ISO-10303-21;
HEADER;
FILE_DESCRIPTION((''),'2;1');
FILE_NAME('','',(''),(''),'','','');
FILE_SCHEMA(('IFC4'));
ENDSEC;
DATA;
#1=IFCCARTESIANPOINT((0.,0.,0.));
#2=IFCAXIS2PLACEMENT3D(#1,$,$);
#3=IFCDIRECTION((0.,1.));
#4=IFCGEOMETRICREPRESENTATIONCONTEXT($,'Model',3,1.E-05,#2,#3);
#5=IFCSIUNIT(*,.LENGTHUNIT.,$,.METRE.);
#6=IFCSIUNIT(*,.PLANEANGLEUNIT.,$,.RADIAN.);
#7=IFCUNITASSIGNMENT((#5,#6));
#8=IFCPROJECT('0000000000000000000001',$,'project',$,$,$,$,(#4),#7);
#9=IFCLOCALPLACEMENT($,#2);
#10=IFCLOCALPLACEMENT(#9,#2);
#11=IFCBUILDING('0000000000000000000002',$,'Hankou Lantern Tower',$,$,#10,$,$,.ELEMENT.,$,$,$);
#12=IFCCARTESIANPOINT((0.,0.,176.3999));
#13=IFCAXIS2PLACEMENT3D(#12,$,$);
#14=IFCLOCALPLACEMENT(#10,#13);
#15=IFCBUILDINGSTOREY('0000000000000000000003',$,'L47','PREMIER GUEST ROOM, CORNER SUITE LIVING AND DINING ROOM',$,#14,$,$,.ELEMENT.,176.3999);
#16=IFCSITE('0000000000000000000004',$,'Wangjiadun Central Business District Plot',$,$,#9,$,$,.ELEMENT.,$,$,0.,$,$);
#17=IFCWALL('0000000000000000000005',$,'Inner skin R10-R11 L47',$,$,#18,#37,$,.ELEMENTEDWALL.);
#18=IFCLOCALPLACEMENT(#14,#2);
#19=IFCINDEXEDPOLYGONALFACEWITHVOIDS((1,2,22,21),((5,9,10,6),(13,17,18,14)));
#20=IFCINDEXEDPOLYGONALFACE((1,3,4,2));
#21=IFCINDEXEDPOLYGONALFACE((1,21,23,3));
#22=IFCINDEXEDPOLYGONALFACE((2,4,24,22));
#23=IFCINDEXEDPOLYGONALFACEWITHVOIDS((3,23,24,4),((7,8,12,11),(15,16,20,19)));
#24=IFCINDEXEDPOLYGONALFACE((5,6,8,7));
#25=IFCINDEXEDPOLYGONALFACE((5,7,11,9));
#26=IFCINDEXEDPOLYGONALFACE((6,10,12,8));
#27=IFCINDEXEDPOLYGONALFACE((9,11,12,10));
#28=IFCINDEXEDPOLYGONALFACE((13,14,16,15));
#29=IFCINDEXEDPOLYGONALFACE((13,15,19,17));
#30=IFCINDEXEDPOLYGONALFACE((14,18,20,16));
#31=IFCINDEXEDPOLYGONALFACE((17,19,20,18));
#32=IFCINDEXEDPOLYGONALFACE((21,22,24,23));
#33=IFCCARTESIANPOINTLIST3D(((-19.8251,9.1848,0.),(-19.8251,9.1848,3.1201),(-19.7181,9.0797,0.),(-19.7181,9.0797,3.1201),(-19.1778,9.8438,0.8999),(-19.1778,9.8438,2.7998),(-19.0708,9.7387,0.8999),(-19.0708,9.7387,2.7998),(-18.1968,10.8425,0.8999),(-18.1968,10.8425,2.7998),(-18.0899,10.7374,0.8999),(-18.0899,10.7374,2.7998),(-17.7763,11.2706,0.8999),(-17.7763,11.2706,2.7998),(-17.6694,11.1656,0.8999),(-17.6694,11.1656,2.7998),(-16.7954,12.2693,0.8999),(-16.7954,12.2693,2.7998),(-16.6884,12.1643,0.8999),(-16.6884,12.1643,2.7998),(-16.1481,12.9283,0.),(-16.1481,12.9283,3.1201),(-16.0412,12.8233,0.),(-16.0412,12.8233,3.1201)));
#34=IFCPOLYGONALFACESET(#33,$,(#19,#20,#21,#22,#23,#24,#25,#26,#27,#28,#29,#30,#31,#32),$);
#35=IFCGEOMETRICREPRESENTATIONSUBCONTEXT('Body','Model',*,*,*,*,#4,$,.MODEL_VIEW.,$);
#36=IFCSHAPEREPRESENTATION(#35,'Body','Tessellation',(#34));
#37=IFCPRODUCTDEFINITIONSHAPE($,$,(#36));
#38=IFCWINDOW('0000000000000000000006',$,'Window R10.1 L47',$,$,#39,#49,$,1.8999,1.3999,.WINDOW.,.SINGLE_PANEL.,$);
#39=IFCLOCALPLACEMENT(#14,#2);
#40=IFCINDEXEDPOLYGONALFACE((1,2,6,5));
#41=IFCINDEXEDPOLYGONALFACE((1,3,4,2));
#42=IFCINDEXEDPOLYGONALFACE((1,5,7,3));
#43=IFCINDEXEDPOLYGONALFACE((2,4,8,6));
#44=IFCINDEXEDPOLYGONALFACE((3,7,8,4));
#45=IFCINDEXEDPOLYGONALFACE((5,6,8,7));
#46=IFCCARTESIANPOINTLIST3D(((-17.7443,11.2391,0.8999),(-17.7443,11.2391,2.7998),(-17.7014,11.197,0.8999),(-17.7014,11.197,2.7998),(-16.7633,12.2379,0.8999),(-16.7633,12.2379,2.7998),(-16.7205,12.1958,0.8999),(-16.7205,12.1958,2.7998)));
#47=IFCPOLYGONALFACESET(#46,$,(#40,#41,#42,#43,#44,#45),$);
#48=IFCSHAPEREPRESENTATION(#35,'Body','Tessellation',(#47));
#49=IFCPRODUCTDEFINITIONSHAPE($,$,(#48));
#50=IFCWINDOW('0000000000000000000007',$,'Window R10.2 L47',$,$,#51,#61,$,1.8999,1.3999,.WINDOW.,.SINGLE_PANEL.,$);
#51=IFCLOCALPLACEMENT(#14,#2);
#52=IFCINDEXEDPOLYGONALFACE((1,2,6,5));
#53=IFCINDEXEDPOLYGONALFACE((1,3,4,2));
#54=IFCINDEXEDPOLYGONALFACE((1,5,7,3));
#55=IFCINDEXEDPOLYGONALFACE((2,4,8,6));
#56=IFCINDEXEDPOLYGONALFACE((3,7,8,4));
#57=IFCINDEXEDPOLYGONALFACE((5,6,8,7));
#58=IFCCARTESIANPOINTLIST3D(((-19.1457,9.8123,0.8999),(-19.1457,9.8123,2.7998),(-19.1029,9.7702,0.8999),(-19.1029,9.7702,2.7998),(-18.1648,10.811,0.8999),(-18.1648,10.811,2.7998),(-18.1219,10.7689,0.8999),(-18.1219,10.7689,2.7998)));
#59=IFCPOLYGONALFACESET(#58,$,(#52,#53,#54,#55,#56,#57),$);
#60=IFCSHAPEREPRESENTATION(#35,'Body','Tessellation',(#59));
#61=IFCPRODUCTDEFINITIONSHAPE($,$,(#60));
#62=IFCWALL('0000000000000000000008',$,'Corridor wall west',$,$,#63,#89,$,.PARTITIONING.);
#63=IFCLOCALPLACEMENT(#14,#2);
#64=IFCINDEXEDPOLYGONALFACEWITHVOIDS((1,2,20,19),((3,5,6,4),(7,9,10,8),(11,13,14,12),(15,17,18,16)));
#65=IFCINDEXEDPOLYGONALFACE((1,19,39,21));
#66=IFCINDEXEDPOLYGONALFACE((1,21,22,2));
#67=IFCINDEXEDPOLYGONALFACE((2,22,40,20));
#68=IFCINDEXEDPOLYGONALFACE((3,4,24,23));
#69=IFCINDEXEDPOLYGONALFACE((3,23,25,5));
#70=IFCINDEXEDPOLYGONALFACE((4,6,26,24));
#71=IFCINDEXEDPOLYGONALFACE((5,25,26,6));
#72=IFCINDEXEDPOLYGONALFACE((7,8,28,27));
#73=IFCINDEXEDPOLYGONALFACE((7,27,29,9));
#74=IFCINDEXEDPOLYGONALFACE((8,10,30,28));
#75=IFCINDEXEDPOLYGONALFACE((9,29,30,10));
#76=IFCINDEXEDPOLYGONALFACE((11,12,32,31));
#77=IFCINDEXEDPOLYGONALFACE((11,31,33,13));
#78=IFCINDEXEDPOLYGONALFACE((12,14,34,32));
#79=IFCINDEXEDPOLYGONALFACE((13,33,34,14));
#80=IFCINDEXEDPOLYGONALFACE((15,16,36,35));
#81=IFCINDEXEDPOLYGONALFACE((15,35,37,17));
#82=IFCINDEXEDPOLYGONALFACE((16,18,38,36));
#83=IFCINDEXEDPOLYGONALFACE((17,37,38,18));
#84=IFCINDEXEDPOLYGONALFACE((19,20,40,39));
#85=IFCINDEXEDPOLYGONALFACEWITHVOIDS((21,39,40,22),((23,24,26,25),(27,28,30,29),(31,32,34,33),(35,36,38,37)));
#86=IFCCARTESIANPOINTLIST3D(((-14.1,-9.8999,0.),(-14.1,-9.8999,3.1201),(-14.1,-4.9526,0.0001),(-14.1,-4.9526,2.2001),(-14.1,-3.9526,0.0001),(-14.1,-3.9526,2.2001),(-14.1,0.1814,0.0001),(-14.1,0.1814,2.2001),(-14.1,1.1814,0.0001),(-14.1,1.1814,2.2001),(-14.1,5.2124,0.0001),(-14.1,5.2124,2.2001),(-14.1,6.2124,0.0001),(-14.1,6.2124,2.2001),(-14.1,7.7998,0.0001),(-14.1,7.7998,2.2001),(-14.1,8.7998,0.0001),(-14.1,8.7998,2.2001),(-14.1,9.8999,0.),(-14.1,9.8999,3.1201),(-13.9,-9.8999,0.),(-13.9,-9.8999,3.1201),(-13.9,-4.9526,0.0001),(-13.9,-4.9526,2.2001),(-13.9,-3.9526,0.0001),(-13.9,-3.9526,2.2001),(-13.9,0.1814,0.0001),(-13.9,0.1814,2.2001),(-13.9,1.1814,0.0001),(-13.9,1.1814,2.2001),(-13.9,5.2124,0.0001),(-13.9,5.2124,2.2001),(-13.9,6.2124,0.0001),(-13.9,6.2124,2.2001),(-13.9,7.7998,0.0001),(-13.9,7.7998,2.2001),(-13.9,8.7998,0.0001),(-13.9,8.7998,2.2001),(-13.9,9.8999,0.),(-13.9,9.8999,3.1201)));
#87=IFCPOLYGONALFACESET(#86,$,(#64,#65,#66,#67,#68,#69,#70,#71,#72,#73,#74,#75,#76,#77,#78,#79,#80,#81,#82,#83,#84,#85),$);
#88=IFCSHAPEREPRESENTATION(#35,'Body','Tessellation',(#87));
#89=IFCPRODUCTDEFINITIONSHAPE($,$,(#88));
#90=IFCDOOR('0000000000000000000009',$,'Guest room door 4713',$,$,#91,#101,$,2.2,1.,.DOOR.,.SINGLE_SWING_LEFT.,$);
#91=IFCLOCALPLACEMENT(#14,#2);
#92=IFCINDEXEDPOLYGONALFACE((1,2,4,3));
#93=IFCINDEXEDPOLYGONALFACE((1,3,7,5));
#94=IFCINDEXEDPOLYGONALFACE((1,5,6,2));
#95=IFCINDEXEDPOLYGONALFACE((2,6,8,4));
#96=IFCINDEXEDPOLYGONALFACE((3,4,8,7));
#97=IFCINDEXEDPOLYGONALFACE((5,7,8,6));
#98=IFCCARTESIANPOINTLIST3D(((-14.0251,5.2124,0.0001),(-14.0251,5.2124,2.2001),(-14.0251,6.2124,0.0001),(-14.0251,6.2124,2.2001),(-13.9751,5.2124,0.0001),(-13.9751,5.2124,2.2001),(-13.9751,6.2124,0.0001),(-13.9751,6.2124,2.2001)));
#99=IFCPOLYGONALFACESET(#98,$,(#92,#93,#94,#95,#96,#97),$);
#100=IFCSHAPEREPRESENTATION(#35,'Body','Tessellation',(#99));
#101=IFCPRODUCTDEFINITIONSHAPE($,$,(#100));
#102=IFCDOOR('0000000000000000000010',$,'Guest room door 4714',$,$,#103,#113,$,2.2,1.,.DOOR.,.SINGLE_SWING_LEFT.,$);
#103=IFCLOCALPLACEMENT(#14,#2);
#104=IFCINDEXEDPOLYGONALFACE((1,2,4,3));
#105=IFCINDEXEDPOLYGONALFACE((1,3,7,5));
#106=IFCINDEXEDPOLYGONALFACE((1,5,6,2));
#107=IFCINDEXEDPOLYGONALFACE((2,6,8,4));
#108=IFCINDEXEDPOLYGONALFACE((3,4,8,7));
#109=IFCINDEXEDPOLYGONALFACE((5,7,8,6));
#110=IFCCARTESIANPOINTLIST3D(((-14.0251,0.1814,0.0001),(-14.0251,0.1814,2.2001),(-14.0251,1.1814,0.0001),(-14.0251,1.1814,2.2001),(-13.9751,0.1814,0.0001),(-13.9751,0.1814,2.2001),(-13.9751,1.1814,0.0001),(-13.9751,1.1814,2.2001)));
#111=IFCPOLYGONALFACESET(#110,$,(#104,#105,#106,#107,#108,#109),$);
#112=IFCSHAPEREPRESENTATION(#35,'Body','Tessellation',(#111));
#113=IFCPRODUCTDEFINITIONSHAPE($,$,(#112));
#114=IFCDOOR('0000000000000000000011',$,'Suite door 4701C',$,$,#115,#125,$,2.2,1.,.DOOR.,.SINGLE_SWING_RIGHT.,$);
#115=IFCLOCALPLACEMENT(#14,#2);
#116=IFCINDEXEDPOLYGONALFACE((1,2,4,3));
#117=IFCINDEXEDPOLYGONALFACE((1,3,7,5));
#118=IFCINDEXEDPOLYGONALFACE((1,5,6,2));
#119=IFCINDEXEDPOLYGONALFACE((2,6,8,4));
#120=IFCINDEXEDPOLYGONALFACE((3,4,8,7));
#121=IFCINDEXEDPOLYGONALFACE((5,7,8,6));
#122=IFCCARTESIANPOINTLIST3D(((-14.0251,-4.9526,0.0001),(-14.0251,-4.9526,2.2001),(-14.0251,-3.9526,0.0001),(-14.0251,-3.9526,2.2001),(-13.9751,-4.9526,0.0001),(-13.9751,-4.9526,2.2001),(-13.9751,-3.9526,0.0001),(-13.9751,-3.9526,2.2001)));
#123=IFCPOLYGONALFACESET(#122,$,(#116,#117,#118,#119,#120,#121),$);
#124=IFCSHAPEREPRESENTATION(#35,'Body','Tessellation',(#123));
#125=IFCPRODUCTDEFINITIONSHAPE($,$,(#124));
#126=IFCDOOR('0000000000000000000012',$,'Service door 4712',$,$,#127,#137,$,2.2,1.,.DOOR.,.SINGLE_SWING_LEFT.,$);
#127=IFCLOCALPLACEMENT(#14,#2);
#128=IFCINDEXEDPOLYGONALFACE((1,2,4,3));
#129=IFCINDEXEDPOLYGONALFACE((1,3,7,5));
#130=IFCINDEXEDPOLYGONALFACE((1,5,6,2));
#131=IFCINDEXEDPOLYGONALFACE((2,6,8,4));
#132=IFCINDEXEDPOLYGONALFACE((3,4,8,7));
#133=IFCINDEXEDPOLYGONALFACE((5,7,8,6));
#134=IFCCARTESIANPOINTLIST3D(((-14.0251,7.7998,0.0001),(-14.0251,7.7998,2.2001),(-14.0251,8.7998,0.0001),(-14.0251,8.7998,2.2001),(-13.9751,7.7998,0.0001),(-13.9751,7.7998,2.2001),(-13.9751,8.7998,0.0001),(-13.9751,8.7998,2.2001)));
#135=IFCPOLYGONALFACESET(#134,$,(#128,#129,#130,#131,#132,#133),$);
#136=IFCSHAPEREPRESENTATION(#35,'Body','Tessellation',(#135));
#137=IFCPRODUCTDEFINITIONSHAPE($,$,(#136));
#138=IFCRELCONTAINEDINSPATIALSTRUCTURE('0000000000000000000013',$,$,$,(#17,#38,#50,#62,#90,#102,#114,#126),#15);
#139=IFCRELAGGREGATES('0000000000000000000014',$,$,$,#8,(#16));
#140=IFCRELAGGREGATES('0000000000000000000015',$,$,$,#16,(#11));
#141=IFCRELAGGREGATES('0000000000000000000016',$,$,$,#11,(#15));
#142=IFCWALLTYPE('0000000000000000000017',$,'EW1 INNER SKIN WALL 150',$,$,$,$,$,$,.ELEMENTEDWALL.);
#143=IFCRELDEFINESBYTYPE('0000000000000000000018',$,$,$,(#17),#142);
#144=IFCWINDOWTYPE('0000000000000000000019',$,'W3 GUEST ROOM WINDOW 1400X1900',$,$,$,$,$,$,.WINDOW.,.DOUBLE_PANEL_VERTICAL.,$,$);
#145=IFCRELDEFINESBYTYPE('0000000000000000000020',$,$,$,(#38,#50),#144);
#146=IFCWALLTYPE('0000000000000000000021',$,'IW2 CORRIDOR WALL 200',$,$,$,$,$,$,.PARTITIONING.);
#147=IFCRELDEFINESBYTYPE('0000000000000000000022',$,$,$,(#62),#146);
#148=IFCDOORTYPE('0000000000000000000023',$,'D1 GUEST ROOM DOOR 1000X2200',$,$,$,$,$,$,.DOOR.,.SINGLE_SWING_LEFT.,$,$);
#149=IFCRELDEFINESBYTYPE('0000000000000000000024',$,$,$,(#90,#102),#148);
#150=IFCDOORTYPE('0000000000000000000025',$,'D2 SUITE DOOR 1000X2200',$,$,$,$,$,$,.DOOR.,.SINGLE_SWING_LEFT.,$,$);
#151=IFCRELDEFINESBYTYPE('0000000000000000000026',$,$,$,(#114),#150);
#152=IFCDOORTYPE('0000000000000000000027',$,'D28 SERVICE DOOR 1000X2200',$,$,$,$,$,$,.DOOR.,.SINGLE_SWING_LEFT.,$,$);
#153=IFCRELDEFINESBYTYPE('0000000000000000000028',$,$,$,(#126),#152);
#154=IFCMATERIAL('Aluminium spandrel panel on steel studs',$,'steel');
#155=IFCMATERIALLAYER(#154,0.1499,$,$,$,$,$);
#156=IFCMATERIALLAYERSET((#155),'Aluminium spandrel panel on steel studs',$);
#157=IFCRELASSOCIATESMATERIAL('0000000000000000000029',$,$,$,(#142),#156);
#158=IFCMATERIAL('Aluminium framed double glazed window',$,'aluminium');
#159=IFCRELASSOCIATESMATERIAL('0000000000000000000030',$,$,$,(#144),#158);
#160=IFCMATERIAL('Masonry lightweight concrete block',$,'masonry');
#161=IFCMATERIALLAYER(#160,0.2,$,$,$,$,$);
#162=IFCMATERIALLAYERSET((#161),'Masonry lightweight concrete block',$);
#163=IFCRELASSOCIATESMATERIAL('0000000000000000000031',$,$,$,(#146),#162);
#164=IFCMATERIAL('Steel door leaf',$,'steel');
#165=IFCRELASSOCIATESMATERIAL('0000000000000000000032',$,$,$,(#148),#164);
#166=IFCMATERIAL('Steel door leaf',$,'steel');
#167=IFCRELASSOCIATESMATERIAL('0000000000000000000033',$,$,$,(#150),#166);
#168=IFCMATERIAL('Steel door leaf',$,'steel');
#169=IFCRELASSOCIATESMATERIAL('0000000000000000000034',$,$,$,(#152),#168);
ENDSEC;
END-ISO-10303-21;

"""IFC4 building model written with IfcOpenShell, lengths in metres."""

from ifc_helpers import new_model, si_unit, direction, frame, frame_2d, origin, place, context, subcontext, project, spatial, rectangle, extrude, material, layer, layer_set, type_object, element, fill, save


model = new_model("IFC4")

# Units and contexts
model_context = context("Model", 3, precision=1e-05, world=origin(), true_north=direction((0.0, 1.0)))
body_context = subcontext(model_context, "Body", "Model", "MODEL_VIEW")
ifc_project = project(units=[si_unit("LENGTHUNIT", "METRE"), si_unit("PLANEANGLEUNIT", "RADIAN")], contexts=[model_context])

# Site, building, storey
site_placement = place(None, origin())
site = spatial("IfcSite", under=ifc_project, at=site_placement, Name="Wangjiadun Central Business District Plot", CompositionType="ELEMENT", RefElevation=0.0)
building_placement = place(site_placement, origin())
building = spatial("IfcBuilding", under=site, at=building_placement, Name="Hankou Lantern Tower", CompositionType="ELEMENT")
storey_placement = place(building_placement, frame((0.0, 0.0, 176.3999)))
storey = spatial("IfcBuildingStorey", under=building, at=storey_placement, Name="L47", Description="PREMIER GUEST ROOM, CORNER SUITE LIVING AND DINING ROOM", CompositionType="ELEMENT", Elevation=176.3999)

# Wall, openings, windows
ifc_material_1 = material(Name="Aluminium spandrel panel on steel studs", Category="steel")
ifc_layer_1 = layer(ifc_material_1, 0.1499)
ifc_layer_set_1 = layer_set([ifc_layer_1], Name="Aluminium spandrel panel on steel studs")
wall_type_1 = type_object("IfcWallType", Name="EW1 INNER SKIN WALL 150", PredefinedType="ELEMENTEDWALL", material=ifc_layer_set_1)
wall_1_placement = place(storey_placement, frame((-16.0947, 12.8757, 0.0), z_axis=(0.0, 0.0, 1.0), x_axis=(-0.700727, -0.713429, 0.0)))
wall_1 = element("IfcWall", 1, at=wall_1_placement, inside=storey, type_object=wall_type_1, Name="Inner skin R10-R11 L47", PredefinedType="ELEMENTEDWALL", context=body_context, shape_type="SweptSolid", body=[
    extrude(rectangle(XDim=5.2473, YDim=0.1499, at=frame_2d((2.6235, 0.0))), origin(), (0.0, 0.0, 1.0), 3.1201),
])
opening_1_placement = place(wall_1_placement, frame((0.9236, 0.0, 0.8999)))
opening_1 = element("IfcOpeningElement", 2, at=opening_1_placement, cuts=wall_1, PredefinedType="OPENING", context=body_context, shape_type="SweptSolid", body=[
    extrude(rectangle(XDim=1.3999, YDim=1.8999, at=frame_2d((0.7, 0.95))), frame((0.0, 0.085, 0.0), z_axis=(0.0, -1.0, 0.0), x_axis=(1.0, 0.0, 0.0)), (0.0, 0.0, 1.0), 0.1699),
])
opening_2_placement = place(wall_1_placement, frame((2.9236, 0.0, 0.8999)))
opening_2 = element("IfcOpeningElement", 3, at=opening_2_placement, cuts=wall_1, PredefinedType="OPENING", context=body_context, shape_type="SweptSolid", body=[
    extrude(rectangle(XDim=1.3999, YDim=1.8999, at=frame_2d((0.7, 0.95))), frame((0.0, 0.085, 0.0), z_axis=(0.0, -1.0, 0.0), x_axis=(1.0, 0.0, 0.0)), (0.0, 0.0, 1.0), 0.1699),
])
ifc_material_2 = material(Name="Aluminium framed double glazed window", Category="aluminium")
window_type = type_object("IfcWindowType", Name="W3 GUEST ROOM WINDOW 1400X1900", PartitioningType="DOUBLE_PANEL_VERTICAL", PredefinedType="WINDOW", material=ifc_material_2)
window_1_placement = place(opening_1_placement, origin())
window_1 = element("IfcWindow", 4, at=window_1_placement, inside=storey, type_object=window_type, Name="Window R10.1 L47", OverallHeight=1.8999, OverallWidth=1.3999, PartitioningType="SINGLE_PANEL", PredefinedType="WINDOW", context=body_context, shape_type="SweptSolid", body=[
    extrude(rectangle(XDim=1.3999, YDim=1.8999, at=frame_2d((0.7, 0.95))), frame((0.0, 0.03, 0.0), z_axis=(0.0, -1.0, 0.0), x_axis=(1.0, 0.0, 0.0)), (0.0, 0.0, 1.0), 0.0601),
])
fill(opening_1, window_1)
window_2_placement = place(opening_2_placement, origin())
window_2 = element("IfcWindow", 5, at=window_2_placement, inside=storey, type_object=window_type, Name="Window R10.2 L47", OverallHeight=1.8999, OverallWidth=1.3999, PartitioningType="SINGLE_PANEL", PredefinedType="WINDOW", context=body_context, shape_type="SweptSolid", body=[
    extrude(rectangle(XDim=1.3999, YDim=1.8999, at=frame_2d((0.7, 0.95))), frame((0.0, 0.03, 0.0), z_axis=(0.0, -1.0, 0.0), x_axis=(1.0, 0.0, 0.0)), (0.0, 0.0, 1.0), 0.0601),
])
fill(opening_2, window_2)

# Wall, openings, doors
ifc_material_3 = material(Name="Masonry lightweight concrete block", Category="masonry")
ifc_layer_2 = layer(ifc_material_3, 0.2)
ifc_layer_set_2 = layer_set([ifc_layer_2], Name="Masonry lightweight concrete block")
wall_type_2 = type_object("IfcWallType", Name="IW2 CORRIDOR WALL 200", PredefinedType="PARTITIONING", material=ifc_layer_set_2)
wall_2_placement = place(storey_placement, frame((-14.0, 9.8999, 0.0), z_axis=(0.0, 0.0, 1.0), x_axis=(0.0, -1.0, 0.0)))
wall_2 = element("IfcWall", 6, at=wall_2_placement, inside=storey, type_object=wall_type_2, Name="Corridor wall west", PredefinedType="PARTITIONING", context=body_context, shape_type="SweptSolid", body=[
    extrude(rectangle(XDim=19.7998, YDim=0.2, at=frame_2d((9.8999, 0.0))), origin(), (0.0, 0.0, 1.0), 3.1201),
])
opening_3_placement = place(wall_2_placement, frame((13.8525, 0.0, 0.0)))
opening_3 = element("IfcOpeningElement", 7, at=opening_3_placement, cuts=wall_2, PredefinedType="OPENING", context=body_context, shape_type="SweptSolid", body=[
    extrude(rectangle(XDim=1.0, YDim=2.2, at=frame_2d((0.5, 1.1001))), frame((0.0, 0.1099, 0.0), z_axis=(0.0, -1.0, 0.0), x_axis=(1.0, 0.0, 0.0)), (0.0, 0.0, 1.0), 0.22),
])
opening_4_placement = place(wall_2_placement, frame((1.1001, 0.0, 0.0)))
opening_4 = element("IfcOpeningElement", 8, at=opening_4_placement, cuts=wall_2, PredefinedType="OPENING", context=body_context, shape_type="SweptSolid", body=[
    extrude(rectangle(XDim=1.0, YDim=2.2, at=frame_2d((0.5, 1.1001))), frame((0.0, 0.1099, 0.0), z_axis=(0.0, -1.0, 0.0), x_axis=(1.0, 0.0, 0.0)), (0.0, 0.0, 1.0), 0.22),
])
opening_5_placement = place(wall_2_placement, frame((3.6875, 0.0, 0.0)))
opening_5 = element("IfcOpeningElement", 9, at=opening_5_placement, cuts=wall_2, PredefinedType="OPENING", context=body_context, shape_type="SweptSolid", body=[
    extrude(rectangle(XDim=1.0, YDim=2.2, at=frame_2d((0.5, 1.1001))), frame((0.0, 0.1099, 0.0), z_axis=(0.0, -1.0, 0.0), x_axis=(1.0, 0.0, 0.0)), (0.0, 0.0, 1.0), 0.22),
])
opening_6_placement = place(wall_2_placement, frame((8.7185, 0.0, 0.0)))
opening_6 = element("IfcOpeningElement", 10, at=opening_6_placement, cuts=wall_2, PredefinedType="OPENING", context=body_context, shape_type="SweptSolid", body=[
    extrude(rectangle(XDim=1.0, YDim=2.2, at=frame_2d((0.5, 1.1001))), frame((0.0, 0.1099, 0.0), z_axis=(0.0, -1.0, 0.0), x_axis=(1.0, 0.0, 0.0)), (0.0, 0.0, 1.0), 0.22),
])
ifc_material_4 = material(Name="Steel door leaf", Category="steel")
door_type_1 = type_object("IfcDoorType", Name="D1 GUEST ROOM DOOR 1000X2200", OperationType="SINGLE_SWING_LEFT", PredefinedType="DOOR", material=ifc_material_4)
door_1_placement = place(opening_5_placement, origin())
door_1 = element("IfcDoor", 11, at=door_1_placement, inside=storey, type_object=door_type_1, Name="Guest room door 4713", OperationType="SINGLE_SWING_LEFT", OverallHeight=2.2, OverallWidth=1.0, PredefinedType="DOOR", context=body_context, shape_type="SweptSolid", body=[
    extrude(rectangle(XDim=1.0, YDim=2.2, at=frame_2d((0.5, 1.1001))), frame((0.0, 0.0249, 0.0), z_axis=(0.0, -1.0, 0.0), x_axis=(1.0, 0.0, 0.0)), (0.0, 0.0, 1.0), 0.05),
])
fill(opening_5, door_1)
door_2_placement = place(opening_6_placement, origin())
door_2 = element("IfcDoor", 12, at=door_2_placement, inside=storey, type_object=door_type_1, Name="Guest room door 4714", OperationType="SINGLE_SWING_LEFT", OverallHeight=2.2, OverallWidth=1.0, PredefinedType="DOOR", context=body_context, shape_type="SweptSolid", body=[
    extrude(rectangle(XDim=1.0, YDim=2.2, at=frame_2d((0.5, 1.1001))), frame((0.0, 0.0249, 0.0), z_axis=(0.0, -1.0, 0.0), x_axis=(1.0, 0.0, 0.0)), (0.0, 0.0, 1.0), 0.05),
])
fill(opening_6, door_2)
ifc_material_5 = material(Name="Steel door leaf", Category="steel")
door_type_2 = type_object("IfcDoorType", Name="D2 SUITE DOOR 1000X2200", OperationType="SINGLE_SWING_LEFT", PredefinedType="DOOR", material=ifc_material_5)
door_3_placement = place(opening_3_placement, origin())
door_3 = element("IfcDoor", 13, at=door_3_placement, inside=storey, type_object=door_type_2, Name="Suite door 4701C", OperationType="SINGLE_SWING_RIGHT", OverallHeight=2.2, OverallWidth=1.0, PredefinedType="DOOR", context=body_context, shape_type="SweptSolid", body=[
    extrude(rectangle(XDim=1.0, YDim=2.2, at=frame_2d((0.5, 1.1001))), frame((0.0, 0.0249, 0.0), z_axis=(0.0, -1.0, 0.0), x_axis=(1.0, 0.0, 0.0)), (0.0, 0.0, 1.0), 0.05),
])
fill(opening_3, door_3)
ifc_material_6 = material(Name="Steel door leaf", Category="steel")
door_type_3 = type_object("IfcDoorType", Name="D28 SERVICE DOOR 1000X2200", OperationType="SINGLE_SWING_LEFT", PredefinedType="DOOR", material=ifc_material_6)
door_4_placement = place(opening_4_placement, origin())
door_4 = element("IfcDoor", 14, at=door_4_placement, inside=storey, type_object=door_type_3, Name="Service door 4712", OperationType="SINGLE_SWING_LEFT", OverallHeight=2.2, OverallWidth=1.0, PredefinedType="DOOR", context=body_context, shape_type="SweptSolid", body=[
    extrude(rectangle(XDim=1.0, YDim=2.2, at=frame_2d((0.5, 1.1001))), frame((0.0, 0.0249, 0.0), z_axis=(0.0, -1.0, 0.0), x_axis=(1.0, 0.0, 0.0)), (0.0, 0.0, 1.0), 0.05),
])
fill(opening_4, door_4)

save(model, "model.ifc")
